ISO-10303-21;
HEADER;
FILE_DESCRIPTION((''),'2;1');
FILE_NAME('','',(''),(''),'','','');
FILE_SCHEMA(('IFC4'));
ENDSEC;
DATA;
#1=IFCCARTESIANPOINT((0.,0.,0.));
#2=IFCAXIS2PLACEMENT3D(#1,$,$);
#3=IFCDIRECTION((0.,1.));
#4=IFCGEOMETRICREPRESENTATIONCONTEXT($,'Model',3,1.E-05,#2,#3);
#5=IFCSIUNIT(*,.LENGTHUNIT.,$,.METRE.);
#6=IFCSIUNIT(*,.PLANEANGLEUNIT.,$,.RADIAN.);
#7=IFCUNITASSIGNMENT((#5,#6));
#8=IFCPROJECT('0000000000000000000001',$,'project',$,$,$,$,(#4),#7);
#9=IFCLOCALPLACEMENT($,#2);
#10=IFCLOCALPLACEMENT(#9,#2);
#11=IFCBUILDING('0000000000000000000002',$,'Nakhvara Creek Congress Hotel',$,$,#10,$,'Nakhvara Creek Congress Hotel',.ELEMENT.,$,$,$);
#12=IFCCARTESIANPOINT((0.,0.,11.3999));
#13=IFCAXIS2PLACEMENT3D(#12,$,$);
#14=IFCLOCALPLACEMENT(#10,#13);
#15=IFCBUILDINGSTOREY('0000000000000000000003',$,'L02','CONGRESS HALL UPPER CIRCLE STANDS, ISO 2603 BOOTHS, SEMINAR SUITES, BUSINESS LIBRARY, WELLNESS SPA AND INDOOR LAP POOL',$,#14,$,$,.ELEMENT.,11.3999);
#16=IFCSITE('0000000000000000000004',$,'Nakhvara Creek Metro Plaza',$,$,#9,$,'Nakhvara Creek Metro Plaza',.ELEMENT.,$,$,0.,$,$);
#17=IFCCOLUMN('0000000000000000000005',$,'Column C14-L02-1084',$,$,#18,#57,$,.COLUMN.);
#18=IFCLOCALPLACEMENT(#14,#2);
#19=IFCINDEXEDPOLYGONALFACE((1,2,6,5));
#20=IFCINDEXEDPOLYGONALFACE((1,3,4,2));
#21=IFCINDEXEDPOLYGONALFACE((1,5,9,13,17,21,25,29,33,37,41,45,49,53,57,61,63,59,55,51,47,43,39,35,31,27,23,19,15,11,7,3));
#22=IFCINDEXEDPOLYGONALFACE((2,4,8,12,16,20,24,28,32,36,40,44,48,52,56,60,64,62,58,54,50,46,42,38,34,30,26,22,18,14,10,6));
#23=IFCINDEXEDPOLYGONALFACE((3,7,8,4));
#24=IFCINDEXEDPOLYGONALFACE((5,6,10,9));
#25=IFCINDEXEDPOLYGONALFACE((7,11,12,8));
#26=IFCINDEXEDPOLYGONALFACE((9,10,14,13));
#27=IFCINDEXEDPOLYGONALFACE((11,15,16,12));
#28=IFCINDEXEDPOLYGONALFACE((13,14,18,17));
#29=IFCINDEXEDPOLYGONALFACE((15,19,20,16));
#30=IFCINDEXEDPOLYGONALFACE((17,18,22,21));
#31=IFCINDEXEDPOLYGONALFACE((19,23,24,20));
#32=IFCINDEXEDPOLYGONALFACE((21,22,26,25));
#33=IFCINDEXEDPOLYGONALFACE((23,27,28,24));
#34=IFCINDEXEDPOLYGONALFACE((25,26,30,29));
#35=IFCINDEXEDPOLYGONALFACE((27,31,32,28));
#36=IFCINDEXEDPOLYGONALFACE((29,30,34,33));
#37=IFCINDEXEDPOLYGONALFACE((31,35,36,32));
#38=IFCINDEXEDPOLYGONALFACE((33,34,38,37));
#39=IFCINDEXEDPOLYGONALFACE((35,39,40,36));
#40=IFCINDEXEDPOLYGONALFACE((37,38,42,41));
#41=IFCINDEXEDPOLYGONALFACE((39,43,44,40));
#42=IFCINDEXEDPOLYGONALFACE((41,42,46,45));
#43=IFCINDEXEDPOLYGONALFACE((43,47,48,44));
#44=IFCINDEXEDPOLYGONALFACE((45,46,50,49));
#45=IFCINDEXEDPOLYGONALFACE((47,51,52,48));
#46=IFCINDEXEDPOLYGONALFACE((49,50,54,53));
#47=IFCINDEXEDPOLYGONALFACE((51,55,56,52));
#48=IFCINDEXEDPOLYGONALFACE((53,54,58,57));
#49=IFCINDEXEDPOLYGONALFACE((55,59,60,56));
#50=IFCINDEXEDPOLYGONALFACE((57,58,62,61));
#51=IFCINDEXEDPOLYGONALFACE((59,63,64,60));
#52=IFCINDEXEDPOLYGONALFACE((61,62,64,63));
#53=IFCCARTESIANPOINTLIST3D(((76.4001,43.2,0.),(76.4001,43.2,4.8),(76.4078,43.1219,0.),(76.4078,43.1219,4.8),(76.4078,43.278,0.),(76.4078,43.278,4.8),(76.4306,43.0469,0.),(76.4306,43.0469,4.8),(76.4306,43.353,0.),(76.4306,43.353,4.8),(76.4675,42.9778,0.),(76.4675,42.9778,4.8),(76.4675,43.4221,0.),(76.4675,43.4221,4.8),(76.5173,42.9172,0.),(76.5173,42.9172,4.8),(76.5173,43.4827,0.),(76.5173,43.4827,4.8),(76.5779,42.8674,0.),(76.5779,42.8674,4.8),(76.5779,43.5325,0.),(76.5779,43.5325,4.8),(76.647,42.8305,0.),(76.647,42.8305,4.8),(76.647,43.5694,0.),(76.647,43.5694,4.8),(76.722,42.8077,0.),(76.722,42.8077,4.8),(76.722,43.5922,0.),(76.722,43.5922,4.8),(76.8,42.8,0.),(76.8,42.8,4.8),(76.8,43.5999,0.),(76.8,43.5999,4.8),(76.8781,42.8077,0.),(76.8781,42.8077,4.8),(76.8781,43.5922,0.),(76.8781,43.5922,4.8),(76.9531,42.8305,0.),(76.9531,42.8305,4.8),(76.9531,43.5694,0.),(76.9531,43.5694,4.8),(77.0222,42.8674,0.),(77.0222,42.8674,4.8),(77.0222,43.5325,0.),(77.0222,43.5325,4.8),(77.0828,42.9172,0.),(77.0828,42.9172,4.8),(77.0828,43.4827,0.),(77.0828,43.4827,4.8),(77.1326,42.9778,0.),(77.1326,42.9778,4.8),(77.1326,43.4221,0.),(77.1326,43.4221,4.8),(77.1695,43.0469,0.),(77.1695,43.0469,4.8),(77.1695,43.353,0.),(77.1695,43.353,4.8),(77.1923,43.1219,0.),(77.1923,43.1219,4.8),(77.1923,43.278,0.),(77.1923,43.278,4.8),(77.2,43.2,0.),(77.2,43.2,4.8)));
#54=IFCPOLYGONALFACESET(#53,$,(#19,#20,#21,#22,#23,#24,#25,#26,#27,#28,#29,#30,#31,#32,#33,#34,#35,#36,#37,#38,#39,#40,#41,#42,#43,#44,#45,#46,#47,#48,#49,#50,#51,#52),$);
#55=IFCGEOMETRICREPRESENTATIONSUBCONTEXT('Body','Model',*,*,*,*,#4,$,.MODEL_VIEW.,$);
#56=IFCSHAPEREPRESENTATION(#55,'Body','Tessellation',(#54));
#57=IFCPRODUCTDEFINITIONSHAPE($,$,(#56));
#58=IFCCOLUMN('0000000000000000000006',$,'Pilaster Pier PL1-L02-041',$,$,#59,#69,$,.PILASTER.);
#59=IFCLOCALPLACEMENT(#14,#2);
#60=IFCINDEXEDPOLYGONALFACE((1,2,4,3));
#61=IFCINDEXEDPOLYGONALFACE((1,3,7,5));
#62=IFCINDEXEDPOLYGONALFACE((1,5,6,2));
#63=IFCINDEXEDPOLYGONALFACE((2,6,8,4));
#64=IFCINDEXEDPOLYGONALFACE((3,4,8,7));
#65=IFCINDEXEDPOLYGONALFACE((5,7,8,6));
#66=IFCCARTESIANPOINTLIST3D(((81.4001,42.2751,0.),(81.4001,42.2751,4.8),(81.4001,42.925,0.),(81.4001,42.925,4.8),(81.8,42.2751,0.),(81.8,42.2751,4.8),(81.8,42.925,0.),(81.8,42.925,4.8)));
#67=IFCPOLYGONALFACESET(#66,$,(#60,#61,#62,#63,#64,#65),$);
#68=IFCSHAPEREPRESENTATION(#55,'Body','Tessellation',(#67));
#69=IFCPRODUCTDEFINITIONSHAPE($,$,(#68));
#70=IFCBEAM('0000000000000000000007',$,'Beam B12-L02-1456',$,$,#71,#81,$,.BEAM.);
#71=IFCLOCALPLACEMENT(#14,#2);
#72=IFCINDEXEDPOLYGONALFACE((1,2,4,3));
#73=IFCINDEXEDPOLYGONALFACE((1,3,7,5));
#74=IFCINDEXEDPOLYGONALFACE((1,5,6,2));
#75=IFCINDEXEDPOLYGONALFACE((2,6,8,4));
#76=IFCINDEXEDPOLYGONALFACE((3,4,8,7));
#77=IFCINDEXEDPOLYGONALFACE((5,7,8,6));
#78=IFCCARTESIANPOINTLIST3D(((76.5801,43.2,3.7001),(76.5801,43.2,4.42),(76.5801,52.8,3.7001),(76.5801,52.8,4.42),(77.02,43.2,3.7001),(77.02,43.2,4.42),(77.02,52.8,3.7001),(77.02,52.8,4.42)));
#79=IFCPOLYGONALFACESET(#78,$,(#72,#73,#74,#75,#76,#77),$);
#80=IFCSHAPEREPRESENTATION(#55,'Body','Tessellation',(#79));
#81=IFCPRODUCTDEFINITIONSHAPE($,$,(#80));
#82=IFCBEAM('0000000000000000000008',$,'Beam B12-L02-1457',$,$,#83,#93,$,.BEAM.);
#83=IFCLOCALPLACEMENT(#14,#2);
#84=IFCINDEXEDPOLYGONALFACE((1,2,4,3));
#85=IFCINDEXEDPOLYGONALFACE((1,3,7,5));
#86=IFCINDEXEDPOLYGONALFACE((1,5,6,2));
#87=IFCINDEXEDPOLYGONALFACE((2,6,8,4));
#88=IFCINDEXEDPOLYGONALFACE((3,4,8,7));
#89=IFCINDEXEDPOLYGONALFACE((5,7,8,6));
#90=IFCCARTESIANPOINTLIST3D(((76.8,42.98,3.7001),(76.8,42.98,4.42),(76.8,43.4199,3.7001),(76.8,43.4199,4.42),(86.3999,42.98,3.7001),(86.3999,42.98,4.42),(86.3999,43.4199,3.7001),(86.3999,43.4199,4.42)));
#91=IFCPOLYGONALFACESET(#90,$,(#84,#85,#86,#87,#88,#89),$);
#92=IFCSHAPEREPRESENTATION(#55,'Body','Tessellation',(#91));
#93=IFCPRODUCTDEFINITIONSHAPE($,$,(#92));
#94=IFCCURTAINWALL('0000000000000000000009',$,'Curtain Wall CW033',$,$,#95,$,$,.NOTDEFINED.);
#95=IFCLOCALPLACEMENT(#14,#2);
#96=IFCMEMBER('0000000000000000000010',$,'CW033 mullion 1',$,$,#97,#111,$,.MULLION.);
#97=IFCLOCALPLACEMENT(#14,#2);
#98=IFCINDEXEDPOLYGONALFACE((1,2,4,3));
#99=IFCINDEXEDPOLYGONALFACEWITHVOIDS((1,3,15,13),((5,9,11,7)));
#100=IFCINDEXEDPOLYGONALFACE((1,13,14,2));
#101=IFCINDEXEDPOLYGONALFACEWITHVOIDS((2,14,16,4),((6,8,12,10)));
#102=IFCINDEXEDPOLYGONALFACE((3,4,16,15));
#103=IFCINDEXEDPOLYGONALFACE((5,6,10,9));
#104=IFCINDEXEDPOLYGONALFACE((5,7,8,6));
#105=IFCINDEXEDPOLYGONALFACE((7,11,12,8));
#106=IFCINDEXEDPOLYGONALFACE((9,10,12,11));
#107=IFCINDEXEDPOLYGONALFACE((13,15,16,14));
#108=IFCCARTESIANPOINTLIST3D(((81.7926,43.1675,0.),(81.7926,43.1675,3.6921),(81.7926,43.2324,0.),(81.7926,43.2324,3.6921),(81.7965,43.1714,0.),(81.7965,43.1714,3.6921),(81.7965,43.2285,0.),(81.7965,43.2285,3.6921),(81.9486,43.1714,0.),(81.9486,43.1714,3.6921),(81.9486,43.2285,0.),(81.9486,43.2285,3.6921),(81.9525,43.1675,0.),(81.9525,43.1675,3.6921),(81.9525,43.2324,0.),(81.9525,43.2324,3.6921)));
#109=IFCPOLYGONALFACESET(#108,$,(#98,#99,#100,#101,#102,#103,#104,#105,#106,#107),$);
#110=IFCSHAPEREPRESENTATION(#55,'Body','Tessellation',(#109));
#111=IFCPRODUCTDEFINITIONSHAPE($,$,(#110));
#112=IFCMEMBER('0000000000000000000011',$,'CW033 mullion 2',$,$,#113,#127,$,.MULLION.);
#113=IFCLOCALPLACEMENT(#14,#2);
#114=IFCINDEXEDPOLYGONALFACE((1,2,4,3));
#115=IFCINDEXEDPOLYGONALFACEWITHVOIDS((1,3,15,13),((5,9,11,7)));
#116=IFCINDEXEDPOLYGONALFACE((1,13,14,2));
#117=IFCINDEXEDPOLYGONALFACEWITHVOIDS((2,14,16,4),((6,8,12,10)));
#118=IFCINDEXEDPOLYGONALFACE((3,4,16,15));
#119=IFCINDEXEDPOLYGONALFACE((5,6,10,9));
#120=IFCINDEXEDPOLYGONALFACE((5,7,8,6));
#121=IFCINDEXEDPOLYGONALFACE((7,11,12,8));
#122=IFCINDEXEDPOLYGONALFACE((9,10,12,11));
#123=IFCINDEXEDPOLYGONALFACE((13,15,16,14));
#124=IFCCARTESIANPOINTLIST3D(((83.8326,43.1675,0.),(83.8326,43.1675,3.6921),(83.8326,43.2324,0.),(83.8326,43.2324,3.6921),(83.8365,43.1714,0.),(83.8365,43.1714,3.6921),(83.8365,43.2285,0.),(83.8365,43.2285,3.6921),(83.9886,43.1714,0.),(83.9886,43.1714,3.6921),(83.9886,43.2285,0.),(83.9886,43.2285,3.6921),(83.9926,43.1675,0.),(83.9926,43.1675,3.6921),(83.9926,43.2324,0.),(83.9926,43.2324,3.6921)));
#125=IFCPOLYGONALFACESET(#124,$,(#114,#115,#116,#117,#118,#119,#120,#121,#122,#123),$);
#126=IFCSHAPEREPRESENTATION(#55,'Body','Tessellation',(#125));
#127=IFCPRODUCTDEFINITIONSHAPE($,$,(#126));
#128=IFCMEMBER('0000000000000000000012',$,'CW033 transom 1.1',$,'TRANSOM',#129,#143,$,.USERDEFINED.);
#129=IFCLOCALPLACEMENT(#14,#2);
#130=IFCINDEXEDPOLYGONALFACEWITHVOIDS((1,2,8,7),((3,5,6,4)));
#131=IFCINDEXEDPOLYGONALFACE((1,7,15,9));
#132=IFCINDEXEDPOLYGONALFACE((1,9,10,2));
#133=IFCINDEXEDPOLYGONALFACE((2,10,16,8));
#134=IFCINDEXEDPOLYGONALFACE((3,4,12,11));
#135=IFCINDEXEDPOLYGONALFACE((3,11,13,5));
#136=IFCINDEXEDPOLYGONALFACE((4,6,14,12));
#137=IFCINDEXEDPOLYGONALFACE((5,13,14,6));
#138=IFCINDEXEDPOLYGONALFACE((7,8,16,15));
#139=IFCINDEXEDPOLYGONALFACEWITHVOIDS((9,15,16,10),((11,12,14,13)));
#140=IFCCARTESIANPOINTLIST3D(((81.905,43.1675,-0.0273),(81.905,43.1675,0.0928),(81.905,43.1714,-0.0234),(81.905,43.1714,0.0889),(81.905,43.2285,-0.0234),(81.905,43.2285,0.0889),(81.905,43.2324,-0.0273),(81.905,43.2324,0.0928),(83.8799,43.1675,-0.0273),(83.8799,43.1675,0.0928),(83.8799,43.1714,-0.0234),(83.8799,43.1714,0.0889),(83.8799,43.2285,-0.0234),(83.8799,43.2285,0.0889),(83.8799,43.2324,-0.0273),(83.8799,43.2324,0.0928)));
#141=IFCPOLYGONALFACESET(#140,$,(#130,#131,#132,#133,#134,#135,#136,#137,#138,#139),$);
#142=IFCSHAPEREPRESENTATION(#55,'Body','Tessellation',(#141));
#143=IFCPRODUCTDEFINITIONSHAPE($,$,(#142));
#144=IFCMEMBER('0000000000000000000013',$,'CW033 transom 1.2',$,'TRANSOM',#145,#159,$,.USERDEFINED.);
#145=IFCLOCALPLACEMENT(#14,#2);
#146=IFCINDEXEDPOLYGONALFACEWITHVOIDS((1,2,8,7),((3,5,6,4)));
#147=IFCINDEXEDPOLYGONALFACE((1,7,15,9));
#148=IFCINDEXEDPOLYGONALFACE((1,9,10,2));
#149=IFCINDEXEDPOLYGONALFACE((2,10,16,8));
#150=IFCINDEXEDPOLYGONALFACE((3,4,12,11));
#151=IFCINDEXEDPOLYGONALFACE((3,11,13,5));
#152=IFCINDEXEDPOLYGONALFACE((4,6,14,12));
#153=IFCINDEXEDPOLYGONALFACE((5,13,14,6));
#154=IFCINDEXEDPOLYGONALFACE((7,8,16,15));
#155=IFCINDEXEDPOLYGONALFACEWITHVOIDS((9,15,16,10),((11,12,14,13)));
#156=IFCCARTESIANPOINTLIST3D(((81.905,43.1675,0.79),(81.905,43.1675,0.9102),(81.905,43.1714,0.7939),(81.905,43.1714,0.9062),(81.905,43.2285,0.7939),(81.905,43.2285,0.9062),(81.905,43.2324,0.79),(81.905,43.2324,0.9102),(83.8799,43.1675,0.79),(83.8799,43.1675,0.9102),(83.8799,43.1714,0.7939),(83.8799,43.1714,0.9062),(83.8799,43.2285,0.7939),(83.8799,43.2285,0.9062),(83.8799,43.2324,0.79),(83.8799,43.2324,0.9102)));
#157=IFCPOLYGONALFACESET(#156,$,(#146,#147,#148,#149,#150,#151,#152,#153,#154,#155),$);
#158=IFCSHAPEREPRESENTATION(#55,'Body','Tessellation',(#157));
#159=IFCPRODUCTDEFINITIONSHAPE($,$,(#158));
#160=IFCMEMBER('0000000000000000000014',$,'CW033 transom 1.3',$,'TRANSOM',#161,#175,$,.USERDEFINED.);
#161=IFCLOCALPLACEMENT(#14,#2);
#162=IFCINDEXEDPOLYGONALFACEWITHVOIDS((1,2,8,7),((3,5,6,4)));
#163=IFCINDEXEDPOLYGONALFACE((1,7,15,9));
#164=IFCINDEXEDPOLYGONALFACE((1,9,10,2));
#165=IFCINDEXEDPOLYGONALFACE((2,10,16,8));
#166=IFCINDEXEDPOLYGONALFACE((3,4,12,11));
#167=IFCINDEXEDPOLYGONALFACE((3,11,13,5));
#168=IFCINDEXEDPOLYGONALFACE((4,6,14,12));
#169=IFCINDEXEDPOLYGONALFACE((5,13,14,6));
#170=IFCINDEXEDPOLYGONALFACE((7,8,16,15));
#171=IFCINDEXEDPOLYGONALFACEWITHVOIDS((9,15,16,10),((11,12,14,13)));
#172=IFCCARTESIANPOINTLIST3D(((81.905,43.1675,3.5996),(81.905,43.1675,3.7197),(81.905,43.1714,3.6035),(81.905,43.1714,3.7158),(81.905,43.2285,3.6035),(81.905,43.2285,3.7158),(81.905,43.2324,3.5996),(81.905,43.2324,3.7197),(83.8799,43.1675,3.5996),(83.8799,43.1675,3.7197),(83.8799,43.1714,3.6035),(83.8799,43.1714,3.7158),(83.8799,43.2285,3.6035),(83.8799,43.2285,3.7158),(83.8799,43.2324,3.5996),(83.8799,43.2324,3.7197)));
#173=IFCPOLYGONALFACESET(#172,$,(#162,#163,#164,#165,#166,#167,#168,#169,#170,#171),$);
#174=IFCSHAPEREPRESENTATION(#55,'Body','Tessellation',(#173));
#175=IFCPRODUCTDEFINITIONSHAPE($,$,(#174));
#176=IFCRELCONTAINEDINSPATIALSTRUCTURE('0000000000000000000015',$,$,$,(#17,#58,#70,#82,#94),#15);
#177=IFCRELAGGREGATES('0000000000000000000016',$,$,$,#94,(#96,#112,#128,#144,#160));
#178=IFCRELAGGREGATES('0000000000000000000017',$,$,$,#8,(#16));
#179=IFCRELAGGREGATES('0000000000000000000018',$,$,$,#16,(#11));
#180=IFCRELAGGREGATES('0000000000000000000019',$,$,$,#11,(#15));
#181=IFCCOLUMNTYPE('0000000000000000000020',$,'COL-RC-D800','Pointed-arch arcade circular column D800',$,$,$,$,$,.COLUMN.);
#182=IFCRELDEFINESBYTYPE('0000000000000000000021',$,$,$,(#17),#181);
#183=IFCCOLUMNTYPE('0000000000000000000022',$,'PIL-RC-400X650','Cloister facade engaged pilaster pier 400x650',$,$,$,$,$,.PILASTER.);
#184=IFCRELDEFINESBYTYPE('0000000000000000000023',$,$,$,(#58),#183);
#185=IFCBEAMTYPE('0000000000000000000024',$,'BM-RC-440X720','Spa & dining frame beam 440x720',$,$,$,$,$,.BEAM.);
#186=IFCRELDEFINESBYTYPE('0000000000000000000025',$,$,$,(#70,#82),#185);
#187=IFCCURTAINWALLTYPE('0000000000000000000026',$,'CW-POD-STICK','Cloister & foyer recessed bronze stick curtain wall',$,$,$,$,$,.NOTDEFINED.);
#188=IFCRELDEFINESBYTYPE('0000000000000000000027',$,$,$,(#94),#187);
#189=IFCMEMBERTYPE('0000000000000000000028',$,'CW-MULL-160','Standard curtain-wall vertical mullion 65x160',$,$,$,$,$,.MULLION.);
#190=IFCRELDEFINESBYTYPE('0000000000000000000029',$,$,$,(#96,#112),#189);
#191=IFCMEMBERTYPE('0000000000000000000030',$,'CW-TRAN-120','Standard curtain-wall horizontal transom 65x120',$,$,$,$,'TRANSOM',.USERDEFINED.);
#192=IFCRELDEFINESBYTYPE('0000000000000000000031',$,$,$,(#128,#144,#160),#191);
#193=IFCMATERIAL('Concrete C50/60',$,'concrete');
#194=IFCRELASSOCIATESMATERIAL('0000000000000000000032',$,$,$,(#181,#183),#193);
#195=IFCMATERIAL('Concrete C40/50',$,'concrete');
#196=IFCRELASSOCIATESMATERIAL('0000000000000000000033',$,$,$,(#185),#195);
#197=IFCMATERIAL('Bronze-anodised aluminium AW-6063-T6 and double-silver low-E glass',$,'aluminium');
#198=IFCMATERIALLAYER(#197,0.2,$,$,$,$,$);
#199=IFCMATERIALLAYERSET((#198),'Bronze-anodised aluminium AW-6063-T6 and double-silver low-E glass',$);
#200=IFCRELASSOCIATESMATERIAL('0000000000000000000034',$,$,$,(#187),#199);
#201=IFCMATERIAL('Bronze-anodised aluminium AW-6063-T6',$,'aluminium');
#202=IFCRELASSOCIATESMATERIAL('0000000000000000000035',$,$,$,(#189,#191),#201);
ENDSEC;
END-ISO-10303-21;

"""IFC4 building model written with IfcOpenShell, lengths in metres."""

from ifc_helpers import new_model, si_unit, direction, frame, origin, origin_2d, place, context, subcontext, project, spatial, rectangle, hollow_rectangle, circle, extrude, material, layer, layer_set, material_profile, profile_set, type_object, element, aggregate, save


model = new_model("IFC4")

# Units and contexts
model_context = context("Model", 3, precision=1e-05, world=origin(), true_north=direction((0.0, 1.0)))
body_context = subcontext(model_context, "Body", "Model", "MODEL_VIEW")
ifc_project = project(units=[si_unit("LENGTHUNIT", "METRE"), si_unit("PLANEANGLEUNIT", "RADIAN")], contexts=[model_context])

# Site, building, storey
site_placement = place(None, origin())
site = spatial("IfcSite", under=ifc_project, at=site_placement, Name="Nakhvara Creek Metro Plaza", LongName="Nakhvara Creek Metro Plaza", CompositionType="ELEMENT", RefElevation=0.0)
building_placement = place(site_placement, origin())
building = spatial("IfcBuilding", under=site, at=building_placement, Name="Nakhvara Creek Congress Hotel", LongName="Nakhvara Creek Congress Hotel", CompositionType="ELEMENT")
storey_placement = place(building_placement, frame((0.0, 0.0, 11.3999)))
storey = spatial("IfcBuildingStorey", under=building, at=storey_placement, Name="L02", Description="CONGRESS HALL UPPER CIRCLE STANDS, ISO 2603 BOOTHS, SEMINAR SUITES, BUSINESS LIBRARY, WELLNESS SPA AND INDOOR LAP POOL", CompositionType="ELEMENT", Elevation=11.3999)

# Columns
ifc_material_1 = material(Name="Concrete C50/60", Category="concrete")
ifc_material_profile_1 = material_profile(ifc_material_1, circle(Radius=0.3999, at=origin_2d()), Name="RC-COL D800", Category="LoadBearing")
ifc_profile_set_1 = profile_set([ifc_material_profile_1], Name="Concrete C50/60")
column_type_1 = type_object("IfcColumnType", Name="COL-RC-D800", Description="Pointed-arch arcade circular column D800", PredefinedType="COLUMN", material=ifc_profile_set_1)
column_1_placement = place(storey_placement, frame((76.8, 43.2, 0.0), z_axis=(0.0, 0.0, 1.0), x_axis=(1.0, 0.0, 0.0)))
element("IfcColumn", 1, at=column_1_placement, inside=storey, type_object=column_type_1, Name="Column C14-L02-1084", PredefinedType="COLUMN", context=body_context, shape_type="SweptSolid", body=[
    extrude(circle(Radius=0.3999, at=origin_2d()), origin(), (0.0, 0.0, 1.0), 4.8),
])
ifc_material_profile_2 = material_profile(ifc_material_1, rectangle(XDim=0.3999, YDim=0.6499, at=origin_2d()), Name="RC-PIL 400x650", Category="LoadBearing")
ifc_profile_set_2 = profile_set([ifc_material_profile_2], Name="Concrete C50/60")
column_type_2 = type_object("IfcColumnType", Name="PIL-RC-400X650", Description="Cloister facade engaged pilaster pier 400x650", PredefinedType="PILASTER", material=ifc_profile_set_2)
column_2_placement = place(storey_placement, frame((81.6001, 42.6001, 0.0), z_axis=(0.0, 0.0, 1.0), x_axis=(1.0, 0.0, 0.0)))
element("IfcColumn", 2, at=column_2_placement, inside=storey, type_object=column_type_2, Name="Pilaster Pier PL1-L02-041", PredefinedType="PILASTER", context=body_context, shape_type="SweptSolid", body=[
    extrude(rectangle(XDim=0.3999, YDim=0.6499, at=origin_2d()), origin(), (0.0, 0.0, 1.0), 4.8),
])

# Beams
ifc_material_2 = material(Name="Concrete C40/50", Category="concrete")
ifc_material_profile_3 = material_profile(ifc_material_2, rectangle(XDim=0.4399, YDim=0.72, at=origin_2d()), Name="RC-BM 440x720", Category="LoadBearing")
ifc_profile_set_3 = profile_set([ifc_material_profile_3], Name="Concrete C40/50")
beam_type = type_object("IfcBeamType", Name="BM-RC-440X720", Description="Spa & dining frame beam 440x720", PredefinedType="BEAM", material=ifc_profile_set_3)
beam_1_placement = place(storey_placement, frame((76.8, 43.2, 4.0601), z_axis=(0.0, 1.0, 0.0), x_axis=(-1.0, 0.0, 0.0)))
element("IfcBeam", 3, at=beam_1_placement, inside=storey, type_object=beam_type, Name="Beam B12-L02-1456", PredefinedType="BEAM", context=body_context, shape_type="SweptSolid", body=[
    extrude(rectangle(XDim=0.4399, YDim=0.72, at=origin_2d()), origin(), (0.0, 0.0, 1.0), 9.6001),
])
beam_2_placement = place(storey_placement, frame((76.8, 43.2, 4.0601), z_axis=(1.0, 0.0, 0.0), x_axis=(0.0, 1.0, 0.0)))
element("IfcBeam", 4, at=beam_2_placement, inside=storey, type_object=beam_type, Name="Beam B12-L02-1457", PredefinedType="BEAM", context=body_context, shape_type="SweptSolid", body=[
    extrude(rectangle(XDim=0.4399, YDim=0.72, at=origin_2d()), origin(), (0.0, 0.0, 1.0), 9.5999),
])

# Curtain wall, members
ifc_material_3 = material(Name="Bronze-anodised aluminium AW-6063-T6 and double-silver low-E glass", Category="aluminium")
ifc_layer_1 = layer(ifc_material_3, 0.2)
ifc_layer_set_1 = layer_set([ifc_layer_1], Name="Bronze-anodised aluminium AW-6063-T6 and double-silver low-E glass")
curtain_wall_type = type_object("IfcCurtainWallType", Name="CW-POD-STICK", Description="Cloister & foyer recessed bronze stick curtain wall", PredefinedType="NOTDEFINED", material=ifc_layer_set_1)
curtain_wall_placement = place(storey_placement, origin())
curtain_wall = element("IfcCurtainWall", 5, at=curtain_wall_placement, inside=storey, type_object=curtain_wall_type, Name="Curtain Wall CW033", PredefinedType="NOTDEFINED")
ifc_material_4 = material(Name="Bronze-anodised aluminium AW-6063-T6", Category="aluminium")
ifc_material_profile_4 = material_profile(ifc_material_4, hollow_rectangle(XDim=0.0649, YDim=0.1599, WallThickness=0.0039, at=origin_2d()), Name="ALU-MULL 65x160x4", Category="LoadBearing")
ifc_profile_set_4 = profile_set([ifc_material_profile_4], Name="Bronze-anodised aluminium AW-6063-T6")
member_type_1 = type_object("IfcMemberType", Name="CW-MULL-160", Description="Standard curtain-wall vertical mullion 65x160", PredefinedType="MULLION", material=ifc_profile_set_4)
member_1_placement = place(storey_placement, frame((81.8726, 43.2, 0.0), z_axis=(0.0, 0.0, 1.0), x_axis=(0.0, 1.0, 0.0)))
member_1 = element("IfcMember", 6, at=member_1_placement, type_object=member_type_1, Name="CW033 mullion 1", PredefinedType="MULLION", context=body_context, shape_type="SweptSolid", body=[
    extrude(hollow_rectangle(XDim=0.0649, YDim=0.1599, WallThickness=0.0039, at=origin_2d()), origin(), (0.0, 0.0, 1.0), 3.6921),
])
member_2_placement = place(storey_placement, frame((83.9126, 43.2, 0.0), z_axis=(0.0, 0.0, 1.0), x_axis=(0.0, 1.0, 0.0)))
member_2 = element("IfcMember", 7, at=member_2_placement, type_object=member_type_1, Name="CW033 mullion 2", PredefinedType="MULLION", context=body_context, shape_type="SweptSolid", body=[
    extrude(hollow_rectangle(XDim=0.0649, YDim=0.1599, WallThickness=0.0039, at=origin_2d()), origin(), (0.0, 0.0, 1.0), 3.6921),
])
ifc_material_profile_5 = material_profile(ifc_material_4, hollow_rectangle(XDim=0.0649, YDim=0.1201, WallThickness=0.0039, at=origin_2d()), Name="ALU-TRAN 65x120x4", Category="LoadBearing")
ifc_profile_set_5 = profile_set([ifc_material_profile_5], Name="Bronze-anodised aluminium AW-6063-T6")
member_type_2 = type_object("IfcMemberType", Name="CW-TRAN-120", Description="Standard curtain-wall horizontal transom 65x120", ElementType="TRANSOM", PredefinedType="USERDEFINED", material=ifc_profile_set_5)
member_3_placement = place(storey_placement, frame((81.905, 43.2, 0.0327), z_axis=(1.0, 0.0, 0.0), x_axis=(0.0, 1.0, 0.0)))
member_3 = element("IfcMember", 8, at=member_3_placement, type_object=member_type_2, Name="CW033 transom 1.1", ObjectType="TRANSOM", PredefinedType="USERDEFINED", context=body_context, shape_type="SweptSolid", body=[
    extrude(hollow_rectangle(XDim=0.0649, YDim=0.1201, WallThickness=0.0039, at=origin_2d()), origin(), (0.0, 0.0, 1.0), 1.9749),
])
member_4_placement = place(storey_placement, frame((81.905, 43.2, 0.8501), z_axis=(1.0, 0.0, 0.0), x_axis=(0.0, 1.0, 0.0)))
member_4 = element("IfcMember", 9, at=member_4_placement, type_object=member_type_2, Name="CW033 transom 1.2", ObjectType="TRANSOM", PredefinedType="USERDEFINED", context=body_context, shape_type="SweptSolid", body=[
    extrude(hollow_rectangle(XDim=0.0649, YDim=0.1201, WallThickness=0.0039, at=origin_2d()), origin(), (0.0, 0.0, 1.0), 1.9749),
])
member_5_placement = place(storey_placement, frame((81.905, 43.2, 3.6597), z_axis=(1.0, 0.0, 0.0), x_axis=(0.0, 1.0, 0.0)))
member_5 = element("IfcMember", 10, at=member_5_placement, type_object=member_type_2, Name="CW033 transom 1.3", ObjectType="TRANSOM", PredefinedType="USERDEFINED", context=body_context, shape_type="SweptSolid", body=[
    extrude(hollow_rectangle(XDim=0.0649, YDim=0.1201, WallThickness=0.0039, at=origin_2d()), origin(), (0.0, 0.0, 1.0), 1.9749),
])

aggregate(curtain_wall, [member_1, member_2, member_3, member_4, member_5])

save(model, "model.ifc")
